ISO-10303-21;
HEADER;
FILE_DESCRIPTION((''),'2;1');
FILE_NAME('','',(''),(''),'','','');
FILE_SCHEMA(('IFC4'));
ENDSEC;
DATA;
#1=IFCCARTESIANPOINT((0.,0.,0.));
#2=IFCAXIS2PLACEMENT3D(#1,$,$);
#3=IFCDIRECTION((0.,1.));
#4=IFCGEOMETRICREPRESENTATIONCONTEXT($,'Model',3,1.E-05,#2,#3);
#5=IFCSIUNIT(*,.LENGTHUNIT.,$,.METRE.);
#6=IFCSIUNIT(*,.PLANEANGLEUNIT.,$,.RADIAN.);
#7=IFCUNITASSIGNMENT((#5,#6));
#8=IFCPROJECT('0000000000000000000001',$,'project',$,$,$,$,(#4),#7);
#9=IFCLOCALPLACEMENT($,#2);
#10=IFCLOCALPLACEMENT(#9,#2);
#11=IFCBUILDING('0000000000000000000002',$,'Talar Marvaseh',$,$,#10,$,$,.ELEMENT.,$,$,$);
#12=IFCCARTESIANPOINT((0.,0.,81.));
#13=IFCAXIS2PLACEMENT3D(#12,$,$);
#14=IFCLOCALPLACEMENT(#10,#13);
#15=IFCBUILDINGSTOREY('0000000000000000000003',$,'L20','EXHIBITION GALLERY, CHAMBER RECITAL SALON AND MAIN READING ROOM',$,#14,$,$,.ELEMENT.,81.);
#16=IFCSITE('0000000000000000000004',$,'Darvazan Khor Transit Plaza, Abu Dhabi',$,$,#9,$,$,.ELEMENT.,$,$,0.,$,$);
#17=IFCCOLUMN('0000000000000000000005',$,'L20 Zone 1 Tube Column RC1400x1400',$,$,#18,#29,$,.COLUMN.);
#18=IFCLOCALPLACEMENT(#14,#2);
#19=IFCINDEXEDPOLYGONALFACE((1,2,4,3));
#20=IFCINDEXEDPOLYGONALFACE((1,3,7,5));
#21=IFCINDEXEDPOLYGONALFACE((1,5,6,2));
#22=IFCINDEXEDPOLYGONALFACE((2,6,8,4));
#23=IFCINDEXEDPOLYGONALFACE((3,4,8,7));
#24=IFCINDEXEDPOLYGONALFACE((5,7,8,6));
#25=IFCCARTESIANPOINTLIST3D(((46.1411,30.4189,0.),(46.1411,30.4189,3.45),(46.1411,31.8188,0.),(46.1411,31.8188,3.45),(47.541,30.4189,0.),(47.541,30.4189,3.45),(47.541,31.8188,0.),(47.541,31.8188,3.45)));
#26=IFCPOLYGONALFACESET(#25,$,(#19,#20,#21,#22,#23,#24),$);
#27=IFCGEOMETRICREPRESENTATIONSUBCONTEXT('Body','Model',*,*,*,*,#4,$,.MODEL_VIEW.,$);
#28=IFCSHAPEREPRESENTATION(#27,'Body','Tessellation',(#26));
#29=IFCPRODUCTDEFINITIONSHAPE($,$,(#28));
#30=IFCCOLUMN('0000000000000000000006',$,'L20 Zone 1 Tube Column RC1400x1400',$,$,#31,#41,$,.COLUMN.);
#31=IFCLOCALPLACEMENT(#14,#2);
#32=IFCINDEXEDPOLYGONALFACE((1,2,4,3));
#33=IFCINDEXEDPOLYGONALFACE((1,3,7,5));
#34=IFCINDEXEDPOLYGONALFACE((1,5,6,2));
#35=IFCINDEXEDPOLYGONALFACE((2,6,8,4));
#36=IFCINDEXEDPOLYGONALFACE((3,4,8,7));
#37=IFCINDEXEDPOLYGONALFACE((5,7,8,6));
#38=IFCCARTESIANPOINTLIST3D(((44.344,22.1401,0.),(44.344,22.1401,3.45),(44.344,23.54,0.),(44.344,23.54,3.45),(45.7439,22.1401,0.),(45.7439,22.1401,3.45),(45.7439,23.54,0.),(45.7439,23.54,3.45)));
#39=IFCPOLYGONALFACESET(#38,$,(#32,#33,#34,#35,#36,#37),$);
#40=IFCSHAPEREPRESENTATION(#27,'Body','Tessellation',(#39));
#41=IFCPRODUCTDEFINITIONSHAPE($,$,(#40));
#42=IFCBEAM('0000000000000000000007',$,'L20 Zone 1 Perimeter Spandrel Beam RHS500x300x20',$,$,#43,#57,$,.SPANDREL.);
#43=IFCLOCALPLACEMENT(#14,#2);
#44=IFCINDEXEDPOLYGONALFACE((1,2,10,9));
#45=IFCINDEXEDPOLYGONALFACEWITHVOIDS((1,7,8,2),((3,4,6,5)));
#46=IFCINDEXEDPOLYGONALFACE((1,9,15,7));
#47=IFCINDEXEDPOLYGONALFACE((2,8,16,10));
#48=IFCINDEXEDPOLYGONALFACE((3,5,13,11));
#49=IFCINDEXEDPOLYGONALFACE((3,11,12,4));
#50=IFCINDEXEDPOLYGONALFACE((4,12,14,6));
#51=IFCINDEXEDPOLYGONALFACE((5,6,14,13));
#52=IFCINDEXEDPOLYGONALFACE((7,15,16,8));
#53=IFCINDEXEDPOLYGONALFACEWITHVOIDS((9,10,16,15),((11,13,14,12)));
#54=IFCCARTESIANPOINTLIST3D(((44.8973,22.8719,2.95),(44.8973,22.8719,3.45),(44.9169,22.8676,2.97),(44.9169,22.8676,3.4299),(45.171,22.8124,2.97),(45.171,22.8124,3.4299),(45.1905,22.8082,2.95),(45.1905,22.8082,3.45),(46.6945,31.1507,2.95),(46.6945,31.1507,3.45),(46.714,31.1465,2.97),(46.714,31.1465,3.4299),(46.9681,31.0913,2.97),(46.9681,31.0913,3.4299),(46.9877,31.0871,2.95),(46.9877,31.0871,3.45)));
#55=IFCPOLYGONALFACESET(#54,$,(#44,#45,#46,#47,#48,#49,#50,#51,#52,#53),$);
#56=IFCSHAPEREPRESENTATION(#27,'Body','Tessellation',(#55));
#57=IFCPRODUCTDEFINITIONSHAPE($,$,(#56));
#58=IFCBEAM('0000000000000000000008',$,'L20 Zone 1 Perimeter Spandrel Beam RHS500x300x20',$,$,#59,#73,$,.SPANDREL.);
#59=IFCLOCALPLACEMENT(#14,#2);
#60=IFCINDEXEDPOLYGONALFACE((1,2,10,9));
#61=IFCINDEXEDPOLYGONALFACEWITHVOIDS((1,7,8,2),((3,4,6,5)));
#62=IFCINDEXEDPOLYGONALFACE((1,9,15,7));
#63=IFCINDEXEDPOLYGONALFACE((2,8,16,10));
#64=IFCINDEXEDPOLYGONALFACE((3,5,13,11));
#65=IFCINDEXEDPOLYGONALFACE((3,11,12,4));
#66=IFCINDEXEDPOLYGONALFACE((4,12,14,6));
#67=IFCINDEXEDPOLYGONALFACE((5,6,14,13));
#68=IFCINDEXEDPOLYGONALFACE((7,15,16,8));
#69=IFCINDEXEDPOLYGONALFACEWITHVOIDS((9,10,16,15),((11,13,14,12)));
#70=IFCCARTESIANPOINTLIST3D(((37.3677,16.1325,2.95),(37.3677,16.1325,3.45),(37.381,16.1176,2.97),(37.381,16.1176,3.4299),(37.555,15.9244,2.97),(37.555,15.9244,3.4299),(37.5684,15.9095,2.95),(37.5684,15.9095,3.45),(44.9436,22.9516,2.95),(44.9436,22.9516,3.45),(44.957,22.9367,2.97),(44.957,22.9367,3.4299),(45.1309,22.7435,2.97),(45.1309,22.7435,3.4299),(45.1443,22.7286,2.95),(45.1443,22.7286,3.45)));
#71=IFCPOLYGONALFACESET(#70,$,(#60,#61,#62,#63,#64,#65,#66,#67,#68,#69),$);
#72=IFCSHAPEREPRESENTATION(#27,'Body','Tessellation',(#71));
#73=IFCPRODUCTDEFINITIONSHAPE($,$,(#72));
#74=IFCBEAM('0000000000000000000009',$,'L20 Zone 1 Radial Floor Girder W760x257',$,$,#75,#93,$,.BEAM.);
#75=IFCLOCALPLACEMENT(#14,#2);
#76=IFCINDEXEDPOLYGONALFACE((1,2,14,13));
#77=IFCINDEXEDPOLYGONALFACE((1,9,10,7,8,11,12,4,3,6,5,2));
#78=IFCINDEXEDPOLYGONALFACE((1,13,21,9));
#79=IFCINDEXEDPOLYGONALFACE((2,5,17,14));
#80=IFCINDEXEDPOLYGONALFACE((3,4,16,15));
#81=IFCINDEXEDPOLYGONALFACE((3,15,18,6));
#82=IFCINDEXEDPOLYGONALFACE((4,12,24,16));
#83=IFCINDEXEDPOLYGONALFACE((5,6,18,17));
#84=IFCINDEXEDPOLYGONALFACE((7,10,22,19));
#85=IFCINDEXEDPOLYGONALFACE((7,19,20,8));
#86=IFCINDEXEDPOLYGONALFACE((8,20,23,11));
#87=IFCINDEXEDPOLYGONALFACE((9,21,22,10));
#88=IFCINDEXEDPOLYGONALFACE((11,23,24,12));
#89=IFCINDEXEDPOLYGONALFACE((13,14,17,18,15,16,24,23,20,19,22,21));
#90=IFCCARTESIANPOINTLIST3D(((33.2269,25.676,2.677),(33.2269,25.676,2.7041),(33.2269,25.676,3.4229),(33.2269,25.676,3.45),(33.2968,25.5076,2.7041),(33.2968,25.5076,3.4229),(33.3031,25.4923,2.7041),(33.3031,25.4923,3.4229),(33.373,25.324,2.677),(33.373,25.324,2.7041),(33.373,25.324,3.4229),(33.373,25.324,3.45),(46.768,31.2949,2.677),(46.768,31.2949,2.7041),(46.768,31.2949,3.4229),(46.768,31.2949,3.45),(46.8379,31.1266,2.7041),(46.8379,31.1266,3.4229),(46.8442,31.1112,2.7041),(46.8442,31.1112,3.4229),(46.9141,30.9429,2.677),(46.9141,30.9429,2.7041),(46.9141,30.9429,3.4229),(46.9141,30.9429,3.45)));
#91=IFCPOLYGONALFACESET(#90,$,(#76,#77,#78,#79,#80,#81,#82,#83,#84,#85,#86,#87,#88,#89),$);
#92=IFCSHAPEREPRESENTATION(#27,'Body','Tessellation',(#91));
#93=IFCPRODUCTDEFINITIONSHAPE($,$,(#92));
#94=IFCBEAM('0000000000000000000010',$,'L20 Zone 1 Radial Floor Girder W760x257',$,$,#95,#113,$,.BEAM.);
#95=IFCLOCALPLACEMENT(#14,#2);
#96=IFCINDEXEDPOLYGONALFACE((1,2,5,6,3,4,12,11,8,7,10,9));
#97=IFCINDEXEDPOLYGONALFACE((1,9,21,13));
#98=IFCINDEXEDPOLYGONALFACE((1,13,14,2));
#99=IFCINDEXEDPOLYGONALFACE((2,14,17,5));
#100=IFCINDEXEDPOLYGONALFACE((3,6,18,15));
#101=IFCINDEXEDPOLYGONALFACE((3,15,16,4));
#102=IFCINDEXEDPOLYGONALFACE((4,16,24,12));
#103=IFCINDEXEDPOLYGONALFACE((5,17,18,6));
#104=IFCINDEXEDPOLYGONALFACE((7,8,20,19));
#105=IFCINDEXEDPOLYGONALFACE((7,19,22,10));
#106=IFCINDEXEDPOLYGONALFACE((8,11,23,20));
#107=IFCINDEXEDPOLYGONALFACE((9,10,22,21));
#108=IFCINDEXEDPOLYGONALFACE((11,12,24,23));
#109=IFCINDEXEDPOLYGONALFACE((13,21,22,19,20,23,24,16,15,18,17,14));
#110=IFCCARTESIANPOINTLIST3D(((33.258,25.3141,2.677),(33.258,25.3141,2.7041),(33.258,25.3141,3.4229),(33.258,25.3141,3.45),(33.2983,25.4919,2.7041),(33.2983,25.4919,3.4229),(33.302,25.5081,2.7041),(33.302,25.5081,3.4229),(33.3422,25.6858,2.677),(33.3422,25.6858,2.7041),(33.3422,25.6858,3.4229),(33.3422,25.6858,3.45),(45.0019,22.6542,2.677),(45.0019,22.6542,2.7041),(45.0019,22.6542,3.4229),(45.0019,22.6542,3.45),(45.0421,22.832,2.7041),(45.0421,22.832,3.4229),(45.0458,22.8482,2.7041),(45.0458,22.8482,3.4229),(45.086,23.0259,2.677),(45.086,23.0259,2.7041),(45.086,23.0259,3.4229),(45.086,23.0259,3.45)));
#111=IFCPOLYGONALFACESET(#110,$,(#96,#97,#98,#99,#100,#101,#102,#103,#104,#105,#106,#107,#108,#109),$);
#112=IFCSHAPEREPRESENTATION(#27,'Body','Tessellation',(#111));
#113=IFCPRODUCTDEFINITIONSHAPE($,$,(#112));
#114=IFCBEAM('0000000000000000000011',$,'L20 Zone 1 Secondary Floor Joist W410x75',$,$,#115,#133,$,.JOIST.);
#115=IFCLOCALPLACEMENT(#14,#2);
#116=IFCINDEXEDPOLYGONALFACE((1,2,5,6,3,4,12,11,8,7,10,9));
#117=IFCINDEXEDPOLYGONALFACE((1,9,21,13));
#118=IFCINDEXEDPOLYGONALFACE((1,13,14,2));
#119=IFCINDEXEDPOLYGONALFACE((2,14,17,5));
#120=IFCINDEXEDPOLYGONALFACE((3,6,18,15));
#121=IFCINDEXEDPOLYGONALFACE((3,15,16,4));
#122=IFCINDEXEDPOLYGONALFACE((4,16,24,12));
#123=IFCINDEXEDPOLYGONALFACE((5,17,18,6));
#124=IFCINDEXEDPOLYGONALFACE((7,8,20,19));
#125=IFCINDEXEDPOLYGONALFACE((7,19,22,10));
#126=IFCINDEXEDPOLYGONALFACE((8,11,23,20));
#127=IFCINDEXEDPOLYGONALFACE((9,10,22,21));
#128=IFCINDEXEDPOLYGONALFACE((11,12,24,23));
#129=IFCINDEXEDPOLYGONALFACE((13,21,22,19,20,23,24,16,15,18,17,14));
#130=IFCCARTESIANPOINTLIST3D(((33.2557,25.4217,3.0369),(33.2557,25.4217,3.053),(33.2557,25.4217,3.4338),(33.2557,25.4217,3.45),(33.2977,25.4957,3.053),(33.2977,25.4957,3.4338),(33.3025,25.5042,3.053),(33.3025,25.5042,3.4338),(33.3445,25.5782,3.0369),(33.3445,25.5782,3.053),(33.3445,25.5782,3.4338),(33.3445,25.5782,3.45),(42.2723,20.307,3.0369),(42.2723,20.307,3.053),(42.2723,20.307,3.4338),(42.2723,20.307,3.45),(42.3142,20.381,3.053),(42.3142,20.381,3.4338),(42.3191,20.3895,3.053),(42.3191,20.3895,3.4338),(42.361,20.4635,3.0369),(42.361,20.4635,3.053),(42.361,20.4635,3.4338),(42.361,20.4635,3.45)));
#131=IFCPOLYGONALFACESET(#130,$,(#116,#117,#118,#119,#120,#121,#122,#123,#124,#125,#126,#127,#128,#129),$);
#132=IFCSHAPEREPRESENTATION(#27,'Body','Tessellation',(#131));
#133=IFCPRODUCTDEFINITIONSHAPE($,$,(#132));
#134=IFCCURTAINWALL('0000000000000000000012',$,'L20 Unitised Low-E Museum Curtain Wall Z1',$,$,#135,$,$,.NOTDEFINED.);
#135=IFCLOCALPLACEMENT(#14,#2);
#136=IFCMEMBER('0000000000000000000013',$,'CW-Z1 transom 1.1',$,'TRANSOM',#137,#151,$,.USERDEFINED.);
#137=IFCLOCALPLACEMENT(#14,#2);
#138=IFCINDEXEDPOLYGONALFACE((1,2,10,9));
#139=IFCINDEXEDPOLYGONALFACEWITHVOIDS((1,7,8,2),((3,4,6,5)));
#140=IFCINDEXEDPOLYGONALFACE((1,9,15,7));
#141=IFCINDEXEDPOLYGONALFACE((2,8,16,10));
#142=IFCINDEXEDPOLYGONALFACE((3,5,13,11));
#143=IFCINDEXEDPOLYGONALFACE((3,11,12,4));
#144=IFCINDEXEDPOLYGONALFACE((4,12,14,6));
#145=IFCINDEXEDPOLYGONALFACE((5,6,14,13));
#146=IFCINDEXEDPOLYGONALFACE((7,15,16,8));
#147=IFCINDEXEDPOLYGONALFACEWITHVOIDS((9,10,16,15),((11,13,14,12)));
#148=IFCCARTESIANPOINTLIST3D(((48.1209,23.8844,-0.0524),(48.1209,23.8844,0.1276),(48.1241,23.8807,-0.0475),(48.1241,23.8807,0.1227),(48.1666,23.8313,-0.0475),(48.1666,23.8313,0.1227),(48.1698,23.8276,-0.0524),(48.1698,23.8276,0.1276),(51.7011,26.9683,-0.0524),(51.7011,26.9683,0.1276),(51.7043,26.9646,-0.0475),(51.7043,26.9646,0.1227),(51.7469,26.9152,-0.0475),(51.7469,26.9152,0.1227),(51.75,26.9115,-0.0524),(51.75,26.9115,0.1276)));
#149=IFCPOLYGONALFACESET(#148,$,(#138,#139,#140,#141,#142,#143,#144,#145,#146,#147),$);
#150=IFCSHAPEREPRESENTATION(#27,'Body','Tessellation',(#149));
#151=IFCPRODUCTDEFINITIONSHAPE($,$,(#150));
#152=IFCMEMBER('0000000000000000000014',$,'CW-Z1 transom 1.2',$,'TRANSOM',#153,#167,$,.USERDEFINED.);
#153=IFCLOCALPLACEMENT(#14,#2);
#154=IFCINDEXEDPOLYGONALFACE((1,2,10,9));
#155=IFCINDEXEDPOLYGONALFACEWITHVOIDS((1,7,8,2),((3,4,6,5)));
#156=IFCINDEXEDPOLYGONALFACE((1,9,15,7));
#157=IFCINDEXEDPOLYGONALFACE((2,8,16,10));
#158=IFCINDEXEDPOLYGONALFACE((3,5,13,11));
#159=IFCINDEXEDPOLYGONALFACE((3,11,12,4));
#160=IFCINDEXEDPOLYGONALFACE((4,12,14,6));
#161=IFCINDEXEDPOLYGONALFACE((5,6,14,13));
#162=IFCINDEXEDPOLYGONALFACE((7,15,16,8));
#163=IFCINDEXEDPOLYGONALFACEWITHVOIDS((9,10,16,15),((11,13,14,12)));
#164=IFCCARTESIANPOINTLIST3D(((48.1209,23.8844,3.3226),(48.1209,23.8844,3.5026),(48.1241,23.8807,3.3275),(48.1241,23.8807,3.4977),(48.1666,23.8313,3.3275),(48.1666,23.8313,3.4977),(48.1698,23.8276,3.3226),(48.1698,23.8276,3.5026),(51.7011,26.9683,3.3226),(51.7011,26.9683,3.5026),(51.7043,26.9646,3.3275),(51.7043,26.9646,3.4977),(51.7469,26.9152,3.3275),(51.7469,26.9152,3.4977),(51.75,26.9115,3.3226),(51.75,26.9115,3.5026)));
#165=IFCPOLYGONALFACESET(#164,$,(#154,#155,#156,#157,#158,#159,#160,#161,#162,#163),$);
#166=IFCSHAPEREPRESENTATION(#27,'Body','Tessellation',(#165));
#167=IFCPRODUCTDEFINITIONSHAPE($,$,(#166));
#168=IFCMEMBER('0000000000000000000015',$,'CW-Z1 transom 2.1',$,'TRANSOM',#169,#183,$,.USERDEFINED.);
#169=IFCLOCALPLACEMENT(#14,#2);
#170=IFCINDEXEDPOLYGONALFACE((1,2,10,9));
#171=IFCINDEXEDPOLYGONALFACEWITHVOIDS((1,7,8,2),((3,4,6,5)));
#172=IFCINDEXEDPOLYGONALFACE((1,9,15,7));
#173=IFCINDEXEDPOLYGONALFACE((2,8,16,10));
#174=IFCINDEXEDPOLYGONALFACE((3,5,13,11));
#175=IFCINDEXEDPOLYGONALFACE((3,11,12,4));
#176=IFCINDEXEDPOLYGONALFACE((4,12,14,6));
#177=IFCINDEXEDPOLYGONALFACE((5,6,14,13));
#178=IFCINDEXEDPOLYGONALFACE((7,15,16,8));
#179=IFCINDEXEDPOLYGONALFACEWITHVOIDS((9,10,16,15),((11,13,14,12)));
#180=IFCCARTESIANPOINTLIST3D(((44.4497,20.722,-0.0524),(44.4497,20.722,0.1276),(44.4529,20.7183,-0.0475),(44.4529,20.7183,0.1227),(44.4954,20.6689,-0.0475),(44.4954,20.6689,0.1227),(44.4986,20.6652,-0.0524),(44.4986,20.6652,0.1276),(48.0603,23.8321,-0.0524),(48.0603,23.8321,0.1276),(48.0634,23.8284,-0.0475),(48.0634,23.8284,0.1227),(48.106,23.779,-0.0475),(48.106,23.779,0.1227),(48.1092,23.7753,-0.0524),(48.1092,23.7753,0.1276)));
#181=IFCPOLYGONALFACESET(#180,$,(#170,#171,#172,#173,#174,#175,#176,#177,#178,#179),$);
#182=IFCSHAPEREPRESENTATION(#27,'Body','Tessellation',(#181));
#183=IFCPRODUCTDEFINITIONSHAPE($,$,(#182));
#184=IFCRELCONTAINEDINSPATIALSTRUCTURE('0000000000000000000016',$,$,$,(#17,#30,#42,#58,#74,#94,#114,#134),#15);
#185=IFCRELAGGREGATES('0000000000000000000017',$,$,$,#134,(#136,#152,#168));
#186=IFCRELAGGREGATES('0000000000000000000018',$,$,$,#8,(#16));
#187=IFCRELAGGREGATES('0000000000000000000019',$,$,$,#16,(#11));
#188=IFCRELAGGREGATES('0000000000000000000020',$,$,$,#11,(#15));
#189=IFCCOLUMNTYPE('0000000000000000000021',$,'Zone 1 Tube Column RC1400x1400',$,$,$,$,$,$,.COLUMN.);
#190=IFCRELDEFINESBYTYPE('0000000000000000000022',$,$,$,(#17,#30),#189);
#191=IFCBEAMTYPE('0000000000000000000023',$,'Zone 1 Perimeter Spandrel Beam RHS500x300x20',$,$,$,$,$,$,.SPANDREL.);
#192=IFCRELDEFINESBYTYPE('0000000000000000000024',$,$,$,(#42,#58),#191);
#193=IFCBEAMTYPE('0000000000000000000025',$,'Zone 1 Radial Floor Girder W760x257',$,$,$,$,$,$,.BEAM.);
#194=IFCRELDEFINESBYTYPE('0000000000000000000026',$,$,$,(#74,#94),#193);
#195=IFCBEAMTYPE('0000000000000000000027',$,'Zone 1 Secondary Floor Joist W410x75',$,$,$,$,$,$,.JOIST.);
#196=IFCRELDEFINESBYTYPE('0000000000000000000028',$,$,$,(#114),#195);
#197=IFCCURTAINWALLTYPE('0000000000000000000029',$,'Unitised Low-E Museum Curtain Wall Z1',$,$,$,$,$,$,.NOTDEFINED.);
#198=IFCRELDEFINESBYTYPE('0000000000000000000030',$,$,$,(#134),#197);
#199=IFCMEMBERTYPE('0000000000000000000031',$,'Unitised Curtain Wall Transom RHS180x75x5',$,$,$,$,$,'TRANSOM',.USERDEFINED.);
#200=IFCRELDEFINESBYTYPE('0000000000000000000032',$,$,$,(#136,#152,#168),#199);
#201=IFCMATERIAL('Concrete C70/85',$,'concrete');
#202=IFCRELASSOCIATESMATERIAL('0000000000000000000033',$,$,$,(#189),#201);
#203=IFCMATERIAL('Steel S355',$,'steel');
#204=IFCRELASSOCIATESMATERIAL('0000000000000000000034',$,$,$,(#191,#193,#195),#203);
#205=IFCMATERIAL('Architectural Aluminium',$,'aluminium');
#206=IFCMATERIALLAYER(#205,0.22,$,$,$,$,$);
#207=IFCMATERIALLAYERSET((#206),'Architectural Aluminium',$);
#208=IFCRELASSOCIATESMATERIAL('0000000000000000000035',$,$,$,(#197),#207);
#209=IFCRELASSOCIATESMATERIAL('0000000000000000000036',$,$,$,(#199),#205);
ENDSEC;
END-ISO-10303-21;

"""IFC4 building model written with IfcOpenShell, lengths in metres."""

from ifc_helpers import new_model, si_unit, direction, frame, origin, origin_2d, place, context, subcontext, project, spatial, rectangle, hollow_rectangle, i_section, extrude, source, transform, mapped, material, layer, layer_set, material_profile, profile_set, type_object, type_shapes, element, aggregate, save


model = new_model("IFC4")

# Units and contexts
model_context = context("Model", 3, precision=1e-05, world=origin(), true_north=direction((0.0, 1.0)))
body_context = subcontext(model_context, "Body", "Model", "MODEL_VIEW")
ifc_project = project(units=[si_unit("LENGTHUNIT", "METRE"), si_unit("PLANEANGLEUNIT", "RADIAN")], contexts=[model_context])

# Site, building, storey
site_placement = place(None, origin())
site = spatial("IfcSite", under=ifc_project, at=site_placement, Name="Darvazan Khor Transit Plaza, Abu Dhabi", CompositionType="ELEMENT", RefElevation=0.0)
building_placement = place(site_placement, origin())
building = spatial("IfcBuilding", under=site, at=building_placement, Name="Talar Marvaseh", CompositionType="ELEMENT")
storey_placement = place(building_placement, frame((0.0, 0.0, 81.0)))
storey = spatial("IfcBuildingStorey", under=building, at=storey_placement, Name="L20", Description="EXHIBITION GALLERY, CHAMBER RECITAL SALON AND MAIN READING ROOM", CompositionType="ELEMENT", Elevation=81.0)

# Columns
ifc_material_1 = material(Name="Concrete C70/85", Category="concrete")
ifc_material_profile_1 = material_profile(ifc_material_1, rectangle(XDim=1.3999, YDim=1.3999, at=origin_2d()), Name="RC1400x1400")
ifc_profile_set_1 = profile_set([ifc_material_profile_1], Name="Concrete C70/85")
column_type = type_object("IfcColumnType", Name="Zone 1 Tube Column RC1400x1400", PredefinedType="COLUMN", material=ifc_profile_set_1)
for number, where, z_axis, x_axis, name in (
    (1, (46.8411, 31.1189, 0.0), (0.0, 0.0, 1.0), (1.0, 0.0, 0.0), "L20 Zone 1 Tube Column RC1400x1400"),
    (2, (45.0439, 22.8401, 0.0), (0.0, 0.0, 1.0), (1.0, 0.0, 0.0), "L20 Zone 1 Tube Column RC1400x1400"),
):
    element("IfcColumn", number, at=place(storey_placement, frame(where, z_axis=z_axis, x_axis=x_axis)), inside=storey, type_object=column_type, Name=name, PredefinedType="COLUMN", context=body_context, shape_type="SweptSolid", body=[
        extrude(rectangle(XDim=1.3999, YDim=1.3999, at=origin_2d()), origin(), (0.0, 0.0, 1.0), 3.45),
    ])

# Beams
ifc_material_2 = material(Name="Steel S355", Category="steel")
ifc_material_profile_2 = material_profile(ifc_material_2, hollow_rectangle(XDim=0.3, YDim=0.5, WallThickness=0.02, at=origin_2d()), Name="RHS500x300x20")
ifc_profile_set_2 = profile_set([ifc_material_profile_2], Name="Steel S355")
beam_type_1 = type_object("IfcBeamType", Name="Zone 1 Perimeter Spandrel Beam RHS500x300x20", PredefinedType="SPANDREL", material=ifc_profile_set_2)
beam_1_placement = place(storey_placement, frame((46.8411, 31.1189, 3.2), z_axis=(-0.212134, -0.977241, 0.0), x_axis=(0.977241, -0.212134, 0.0)))
element("IfcBeam", 3, at=beam_1_placement, inside=storey, type_object=beam_type_1, Name="L20 Zone 1 Perimeter Spandrel Beam RHS500x300x20", PredefinedType="SPANDREL", context=body_context, shape_type="SweptSolid", body=[
    extrude(hollow_rectangle(XDim=0.3, YDim=0.5, WallThickness=0.02, at=origin_2d()), origin(), (0.0, 0.0, 1.0), 8.4717),
])
beam_2_placement = place(storey_placement, frame((45.0439, 22.8401, 3.2), z_axis=(-0.743257, -0.669006, 0.0), x_axis=(0.669006, -0.743257, 0.0)))
element("IfcBeam", 4, at=beam_2_placement, inside=storey, type_object=beam_type_1, Name="L20 Zone 1 Perimeter Spandrel Beam RHS500x300x20", PredefinedType="SPANDREL", context=body_context, shape_type="SweptSolid", body=[
    extrude(hollow_rectangle(XDim=0.3, YDim=0.5, WallThickness=0.02, at=origin_2d()), origin(), (0.0, 0.0, 1.0), 10.1929),
])
ifc_material_profile_3 = material_profile(ifc_material_2, i_section(OverallWidth=0.3811, OverallDepth=0.7729, WebThickness=0.0166, FlangeThickness=0.0271, at=origin_2d()), Name="W760x257")
ifc_profile_set_3 = profile_set([ifc_material_profile_3], Name="Steel S355")
beam_type_2 = type_object("IfcBeamType", Name="Zone 1 Radial Floor Girder W760x257", PredefinedType="BEAM", material=ifc_profile_set_3)
beam_3_placement = place(storey_placement, frame((46.8411, 31.1189, 3.0635), z_axis=(-0.923638, -0.383267, 0.0), x_axis=(0.383267, -0.923638, 0.0)))
element("IfcBeam", 5, at=beam_3_placement, inside=storey, type_object=beam_type_2, Name="L20 Zone 1 Radial Floor Girder W760x257", PredefinedType="BEAM", context=body_context, shape_type="SweptSolid", body=[
    extrude(i_section(OverallWidth=0.3811, OverallDepth=0.7729, WebThickness=0.0166, FlangeThickness=0.0271, at=origin_2d()), origin(), (0.0, 0.0, 1.0), 14.6606),
])
beam_4_placement = place(storey_placement, frame((45.0439, 22.8401, 3.0635), z_axis=(-0.975297, 0.220898, 0.0), x_axis=(-0.220898, -0.975297, 0.0)))
element("IfcBeam", 6, at=beam_4_placement, inside=storey, type_object=beam_type_2, Name="L20 Zone 1 Radial Floor Girder W760x257", PredefinedType="BEAM", context=body_context, shape_type="SweptSolid", body=[
    extrude(i_section(OverallWidth=0.3811, OverallDepth=0.7729, WebThickness=0.0166, FlangeThickness=0.0271, at=origin_2d()), origin(), (0.0, 0.0, 1.0), 12.0413),
])
ifc_material_profile_4 = material_profile(ifc_material_2, i_section(OverallWidth=0.1799, OverallDepth=0.4131, WebThickness=0.0098, FlangeThickness=0.0161, at=origin_2d()), Name="W410x75")
ifc_profile_set_4 = profile_set([ifc_material_profile_4], Name="Steel S355")
beam_type_3 = type_object("IfcBeamType", Name="Zone 1 Secondary Floor Joist W410x75", PredefinedType="JOIST", material=ifc_profile_set_4)
beam_5_placement = place(storey_placement, frame((42.3167, 20.3853, 3.2434), z_axis=(-0.869801, 0.493402, 0.0), x_axis=(-0.493402, -0.869801, 0.0)))
element("IfcBeam", 7, at=beam_5_placement, inside=storey, type_object=beam_type_3, Name="L20 Zone 1 Secondary Floor Joist W410x75", PredefinedType="JOIST", context=body_context, shape_type="SweptSolid", body=[
    extrude(i_section(OverallWidth=0.1799, OverallDepth=0.4131, WebThickness=0.0098, FlangeThickness=0.0161, at=origin_2d()), origin(), (0.0, 0.0, 1.0), 10.3662),
])

# Curtain wall, members
ifc_material_3 = material(Name="Architectural Aluminium", Category="aluminium")
ifc_layer_1 = layer(ifc_material_3, 0.22)
ifc_layer_set_1 = layer_set([ifc_layer_1], Name="Architectural Aluminium")
curtain_wall_type = type_object("IfcCurtainWallType", Name="Unitised Low-E Museum Curtain Wall Z1", PredefinedType="NOTDEFINED", material=ifc_layer_set_1)
curtain_wall_1_placement = place(storey_placement, origin())
curtain_wall_1 = element("IfcCurtainWall", 8, at=curtain_wall_1_placement, inside=storey, type_object=curtain_wall_type, Name="L20 Unitised Low-E Museum Curtain Wall Z1", PredefinedType="NOTDEFINED")
ifc_material_profile_5 = material_profile(ifc_material_3, hollow_rectangle(XDim=0.075, YDim=0.1799, WallThickness=0.0049, at=origin_2d()), Name="RHS180x75x5")
ifc_profile_set_5 = profile_set([ifc_material_profile_5], Name="Architectural Aluminium")
member_type_1 = type_object("IfcMemberType", Name="Unitised Curtain Wall Transom RHS180x75x5", ElementType="TRANSOM", PredefinedType="USERDEFINED", material=ifc_profile_set_5)
shared_shape_1 = source(origin(), body_context, "Body", "SweptSolid", [
    extrude(hollow_rectangle(XDim=0.075, YDim=0.1799, WallThickness=0.0049, at=origin_2d()), origin(), (0.0, 0.0, 1.0), 4.7253),
])
member_1_placement = place(storey_placement, frame((51.7256, 26.9399, 0.0376), z_axis=(-0.757672, -0.652636, 0.0), x_axis=(0.652636, -0.757672, 0.0)))
member_1 = element("IfcMember", 9, at=member_1_placement, type_object=member_type_1, Name="CW-Z1 transom 1.1", ObjectType="TRANSOM", PredefinedType="USERDEFINED", context=body_context, shape_type="MappedRepresentation", body=[
    mapped(shared_shape_1, transform((0.0, 0.0, 0.0), x_axis=(1.0, 0.0, 0.0), y_axis=(0.0, 1.0, 0.0), z_axis=(0.0, 0.0, 1.0), scale=1.0)),
])
member_2_placement = place(storey_placement, frame((51.7256, 26.9399, 3.4126), z_axis=(-0.757672, -0.652636, 0.0), x_axis=(0.652636, -0.757672, 0.0)))
member_2 = element("IfcMember", 10, at=member_2_placement, type_object=member_type_1, Name="CW-Z1 transom 1.2", ObjectType="TRANSOM", PredefinedType="USERDEFINED", context=body_context, shape_type="MappedRepresentation", body=[
    mapped(shared_shape_1, transform((0.0, 0.0, 0.0), x_axis=(1.0, 0.0, 0.0), y_axis=(0.0, 1.0, 0.0), z_axis=(0.0, 0.0, 1.0), scale=1.0)),
])
shared_shape_2 = source(origin(), body_context, "Body", "SweptSolid", [
    extrude(hollow_rectangle(XDim=0.075, YDim=0.1799, WallThickness=0.0049, at=origin_2d()), origin(), (0.0, 0.0, 1.0), 4.7654),
])
type_shapes(member_type_1, [shared_shape_1, shared_shape_2])
member_3_placement = place(storey_placement, frame((48.0847, 23.8037, 0.0376), z_axis=(-0.757667, -0.652642, 0.0), x_axis=(0.652642, -0.757667, 0.0)))
member_3 = element("IfcMember", 11, at=member_3_placement, type_object=member_type_1, Name="CW-Z1 transom 2.1", ObjectType="TRANSOM", PredefinedType="USERDEFINED", context=body_context, shape_type="MappedRepresentation", body=[
    mapped(shared_shape_2, transform((0.0, 0.0, 0.0), x_axis=(1.0, 0.0, 0.0), y_axis=(0.0, 1.0, 0.0), z_axis=(0.0, 0.0, 1.0), scale=1.0)),
])

aggregate(curtain_wall_1, [member_1, member_2, member_3])

save(model, "model.ifc")
